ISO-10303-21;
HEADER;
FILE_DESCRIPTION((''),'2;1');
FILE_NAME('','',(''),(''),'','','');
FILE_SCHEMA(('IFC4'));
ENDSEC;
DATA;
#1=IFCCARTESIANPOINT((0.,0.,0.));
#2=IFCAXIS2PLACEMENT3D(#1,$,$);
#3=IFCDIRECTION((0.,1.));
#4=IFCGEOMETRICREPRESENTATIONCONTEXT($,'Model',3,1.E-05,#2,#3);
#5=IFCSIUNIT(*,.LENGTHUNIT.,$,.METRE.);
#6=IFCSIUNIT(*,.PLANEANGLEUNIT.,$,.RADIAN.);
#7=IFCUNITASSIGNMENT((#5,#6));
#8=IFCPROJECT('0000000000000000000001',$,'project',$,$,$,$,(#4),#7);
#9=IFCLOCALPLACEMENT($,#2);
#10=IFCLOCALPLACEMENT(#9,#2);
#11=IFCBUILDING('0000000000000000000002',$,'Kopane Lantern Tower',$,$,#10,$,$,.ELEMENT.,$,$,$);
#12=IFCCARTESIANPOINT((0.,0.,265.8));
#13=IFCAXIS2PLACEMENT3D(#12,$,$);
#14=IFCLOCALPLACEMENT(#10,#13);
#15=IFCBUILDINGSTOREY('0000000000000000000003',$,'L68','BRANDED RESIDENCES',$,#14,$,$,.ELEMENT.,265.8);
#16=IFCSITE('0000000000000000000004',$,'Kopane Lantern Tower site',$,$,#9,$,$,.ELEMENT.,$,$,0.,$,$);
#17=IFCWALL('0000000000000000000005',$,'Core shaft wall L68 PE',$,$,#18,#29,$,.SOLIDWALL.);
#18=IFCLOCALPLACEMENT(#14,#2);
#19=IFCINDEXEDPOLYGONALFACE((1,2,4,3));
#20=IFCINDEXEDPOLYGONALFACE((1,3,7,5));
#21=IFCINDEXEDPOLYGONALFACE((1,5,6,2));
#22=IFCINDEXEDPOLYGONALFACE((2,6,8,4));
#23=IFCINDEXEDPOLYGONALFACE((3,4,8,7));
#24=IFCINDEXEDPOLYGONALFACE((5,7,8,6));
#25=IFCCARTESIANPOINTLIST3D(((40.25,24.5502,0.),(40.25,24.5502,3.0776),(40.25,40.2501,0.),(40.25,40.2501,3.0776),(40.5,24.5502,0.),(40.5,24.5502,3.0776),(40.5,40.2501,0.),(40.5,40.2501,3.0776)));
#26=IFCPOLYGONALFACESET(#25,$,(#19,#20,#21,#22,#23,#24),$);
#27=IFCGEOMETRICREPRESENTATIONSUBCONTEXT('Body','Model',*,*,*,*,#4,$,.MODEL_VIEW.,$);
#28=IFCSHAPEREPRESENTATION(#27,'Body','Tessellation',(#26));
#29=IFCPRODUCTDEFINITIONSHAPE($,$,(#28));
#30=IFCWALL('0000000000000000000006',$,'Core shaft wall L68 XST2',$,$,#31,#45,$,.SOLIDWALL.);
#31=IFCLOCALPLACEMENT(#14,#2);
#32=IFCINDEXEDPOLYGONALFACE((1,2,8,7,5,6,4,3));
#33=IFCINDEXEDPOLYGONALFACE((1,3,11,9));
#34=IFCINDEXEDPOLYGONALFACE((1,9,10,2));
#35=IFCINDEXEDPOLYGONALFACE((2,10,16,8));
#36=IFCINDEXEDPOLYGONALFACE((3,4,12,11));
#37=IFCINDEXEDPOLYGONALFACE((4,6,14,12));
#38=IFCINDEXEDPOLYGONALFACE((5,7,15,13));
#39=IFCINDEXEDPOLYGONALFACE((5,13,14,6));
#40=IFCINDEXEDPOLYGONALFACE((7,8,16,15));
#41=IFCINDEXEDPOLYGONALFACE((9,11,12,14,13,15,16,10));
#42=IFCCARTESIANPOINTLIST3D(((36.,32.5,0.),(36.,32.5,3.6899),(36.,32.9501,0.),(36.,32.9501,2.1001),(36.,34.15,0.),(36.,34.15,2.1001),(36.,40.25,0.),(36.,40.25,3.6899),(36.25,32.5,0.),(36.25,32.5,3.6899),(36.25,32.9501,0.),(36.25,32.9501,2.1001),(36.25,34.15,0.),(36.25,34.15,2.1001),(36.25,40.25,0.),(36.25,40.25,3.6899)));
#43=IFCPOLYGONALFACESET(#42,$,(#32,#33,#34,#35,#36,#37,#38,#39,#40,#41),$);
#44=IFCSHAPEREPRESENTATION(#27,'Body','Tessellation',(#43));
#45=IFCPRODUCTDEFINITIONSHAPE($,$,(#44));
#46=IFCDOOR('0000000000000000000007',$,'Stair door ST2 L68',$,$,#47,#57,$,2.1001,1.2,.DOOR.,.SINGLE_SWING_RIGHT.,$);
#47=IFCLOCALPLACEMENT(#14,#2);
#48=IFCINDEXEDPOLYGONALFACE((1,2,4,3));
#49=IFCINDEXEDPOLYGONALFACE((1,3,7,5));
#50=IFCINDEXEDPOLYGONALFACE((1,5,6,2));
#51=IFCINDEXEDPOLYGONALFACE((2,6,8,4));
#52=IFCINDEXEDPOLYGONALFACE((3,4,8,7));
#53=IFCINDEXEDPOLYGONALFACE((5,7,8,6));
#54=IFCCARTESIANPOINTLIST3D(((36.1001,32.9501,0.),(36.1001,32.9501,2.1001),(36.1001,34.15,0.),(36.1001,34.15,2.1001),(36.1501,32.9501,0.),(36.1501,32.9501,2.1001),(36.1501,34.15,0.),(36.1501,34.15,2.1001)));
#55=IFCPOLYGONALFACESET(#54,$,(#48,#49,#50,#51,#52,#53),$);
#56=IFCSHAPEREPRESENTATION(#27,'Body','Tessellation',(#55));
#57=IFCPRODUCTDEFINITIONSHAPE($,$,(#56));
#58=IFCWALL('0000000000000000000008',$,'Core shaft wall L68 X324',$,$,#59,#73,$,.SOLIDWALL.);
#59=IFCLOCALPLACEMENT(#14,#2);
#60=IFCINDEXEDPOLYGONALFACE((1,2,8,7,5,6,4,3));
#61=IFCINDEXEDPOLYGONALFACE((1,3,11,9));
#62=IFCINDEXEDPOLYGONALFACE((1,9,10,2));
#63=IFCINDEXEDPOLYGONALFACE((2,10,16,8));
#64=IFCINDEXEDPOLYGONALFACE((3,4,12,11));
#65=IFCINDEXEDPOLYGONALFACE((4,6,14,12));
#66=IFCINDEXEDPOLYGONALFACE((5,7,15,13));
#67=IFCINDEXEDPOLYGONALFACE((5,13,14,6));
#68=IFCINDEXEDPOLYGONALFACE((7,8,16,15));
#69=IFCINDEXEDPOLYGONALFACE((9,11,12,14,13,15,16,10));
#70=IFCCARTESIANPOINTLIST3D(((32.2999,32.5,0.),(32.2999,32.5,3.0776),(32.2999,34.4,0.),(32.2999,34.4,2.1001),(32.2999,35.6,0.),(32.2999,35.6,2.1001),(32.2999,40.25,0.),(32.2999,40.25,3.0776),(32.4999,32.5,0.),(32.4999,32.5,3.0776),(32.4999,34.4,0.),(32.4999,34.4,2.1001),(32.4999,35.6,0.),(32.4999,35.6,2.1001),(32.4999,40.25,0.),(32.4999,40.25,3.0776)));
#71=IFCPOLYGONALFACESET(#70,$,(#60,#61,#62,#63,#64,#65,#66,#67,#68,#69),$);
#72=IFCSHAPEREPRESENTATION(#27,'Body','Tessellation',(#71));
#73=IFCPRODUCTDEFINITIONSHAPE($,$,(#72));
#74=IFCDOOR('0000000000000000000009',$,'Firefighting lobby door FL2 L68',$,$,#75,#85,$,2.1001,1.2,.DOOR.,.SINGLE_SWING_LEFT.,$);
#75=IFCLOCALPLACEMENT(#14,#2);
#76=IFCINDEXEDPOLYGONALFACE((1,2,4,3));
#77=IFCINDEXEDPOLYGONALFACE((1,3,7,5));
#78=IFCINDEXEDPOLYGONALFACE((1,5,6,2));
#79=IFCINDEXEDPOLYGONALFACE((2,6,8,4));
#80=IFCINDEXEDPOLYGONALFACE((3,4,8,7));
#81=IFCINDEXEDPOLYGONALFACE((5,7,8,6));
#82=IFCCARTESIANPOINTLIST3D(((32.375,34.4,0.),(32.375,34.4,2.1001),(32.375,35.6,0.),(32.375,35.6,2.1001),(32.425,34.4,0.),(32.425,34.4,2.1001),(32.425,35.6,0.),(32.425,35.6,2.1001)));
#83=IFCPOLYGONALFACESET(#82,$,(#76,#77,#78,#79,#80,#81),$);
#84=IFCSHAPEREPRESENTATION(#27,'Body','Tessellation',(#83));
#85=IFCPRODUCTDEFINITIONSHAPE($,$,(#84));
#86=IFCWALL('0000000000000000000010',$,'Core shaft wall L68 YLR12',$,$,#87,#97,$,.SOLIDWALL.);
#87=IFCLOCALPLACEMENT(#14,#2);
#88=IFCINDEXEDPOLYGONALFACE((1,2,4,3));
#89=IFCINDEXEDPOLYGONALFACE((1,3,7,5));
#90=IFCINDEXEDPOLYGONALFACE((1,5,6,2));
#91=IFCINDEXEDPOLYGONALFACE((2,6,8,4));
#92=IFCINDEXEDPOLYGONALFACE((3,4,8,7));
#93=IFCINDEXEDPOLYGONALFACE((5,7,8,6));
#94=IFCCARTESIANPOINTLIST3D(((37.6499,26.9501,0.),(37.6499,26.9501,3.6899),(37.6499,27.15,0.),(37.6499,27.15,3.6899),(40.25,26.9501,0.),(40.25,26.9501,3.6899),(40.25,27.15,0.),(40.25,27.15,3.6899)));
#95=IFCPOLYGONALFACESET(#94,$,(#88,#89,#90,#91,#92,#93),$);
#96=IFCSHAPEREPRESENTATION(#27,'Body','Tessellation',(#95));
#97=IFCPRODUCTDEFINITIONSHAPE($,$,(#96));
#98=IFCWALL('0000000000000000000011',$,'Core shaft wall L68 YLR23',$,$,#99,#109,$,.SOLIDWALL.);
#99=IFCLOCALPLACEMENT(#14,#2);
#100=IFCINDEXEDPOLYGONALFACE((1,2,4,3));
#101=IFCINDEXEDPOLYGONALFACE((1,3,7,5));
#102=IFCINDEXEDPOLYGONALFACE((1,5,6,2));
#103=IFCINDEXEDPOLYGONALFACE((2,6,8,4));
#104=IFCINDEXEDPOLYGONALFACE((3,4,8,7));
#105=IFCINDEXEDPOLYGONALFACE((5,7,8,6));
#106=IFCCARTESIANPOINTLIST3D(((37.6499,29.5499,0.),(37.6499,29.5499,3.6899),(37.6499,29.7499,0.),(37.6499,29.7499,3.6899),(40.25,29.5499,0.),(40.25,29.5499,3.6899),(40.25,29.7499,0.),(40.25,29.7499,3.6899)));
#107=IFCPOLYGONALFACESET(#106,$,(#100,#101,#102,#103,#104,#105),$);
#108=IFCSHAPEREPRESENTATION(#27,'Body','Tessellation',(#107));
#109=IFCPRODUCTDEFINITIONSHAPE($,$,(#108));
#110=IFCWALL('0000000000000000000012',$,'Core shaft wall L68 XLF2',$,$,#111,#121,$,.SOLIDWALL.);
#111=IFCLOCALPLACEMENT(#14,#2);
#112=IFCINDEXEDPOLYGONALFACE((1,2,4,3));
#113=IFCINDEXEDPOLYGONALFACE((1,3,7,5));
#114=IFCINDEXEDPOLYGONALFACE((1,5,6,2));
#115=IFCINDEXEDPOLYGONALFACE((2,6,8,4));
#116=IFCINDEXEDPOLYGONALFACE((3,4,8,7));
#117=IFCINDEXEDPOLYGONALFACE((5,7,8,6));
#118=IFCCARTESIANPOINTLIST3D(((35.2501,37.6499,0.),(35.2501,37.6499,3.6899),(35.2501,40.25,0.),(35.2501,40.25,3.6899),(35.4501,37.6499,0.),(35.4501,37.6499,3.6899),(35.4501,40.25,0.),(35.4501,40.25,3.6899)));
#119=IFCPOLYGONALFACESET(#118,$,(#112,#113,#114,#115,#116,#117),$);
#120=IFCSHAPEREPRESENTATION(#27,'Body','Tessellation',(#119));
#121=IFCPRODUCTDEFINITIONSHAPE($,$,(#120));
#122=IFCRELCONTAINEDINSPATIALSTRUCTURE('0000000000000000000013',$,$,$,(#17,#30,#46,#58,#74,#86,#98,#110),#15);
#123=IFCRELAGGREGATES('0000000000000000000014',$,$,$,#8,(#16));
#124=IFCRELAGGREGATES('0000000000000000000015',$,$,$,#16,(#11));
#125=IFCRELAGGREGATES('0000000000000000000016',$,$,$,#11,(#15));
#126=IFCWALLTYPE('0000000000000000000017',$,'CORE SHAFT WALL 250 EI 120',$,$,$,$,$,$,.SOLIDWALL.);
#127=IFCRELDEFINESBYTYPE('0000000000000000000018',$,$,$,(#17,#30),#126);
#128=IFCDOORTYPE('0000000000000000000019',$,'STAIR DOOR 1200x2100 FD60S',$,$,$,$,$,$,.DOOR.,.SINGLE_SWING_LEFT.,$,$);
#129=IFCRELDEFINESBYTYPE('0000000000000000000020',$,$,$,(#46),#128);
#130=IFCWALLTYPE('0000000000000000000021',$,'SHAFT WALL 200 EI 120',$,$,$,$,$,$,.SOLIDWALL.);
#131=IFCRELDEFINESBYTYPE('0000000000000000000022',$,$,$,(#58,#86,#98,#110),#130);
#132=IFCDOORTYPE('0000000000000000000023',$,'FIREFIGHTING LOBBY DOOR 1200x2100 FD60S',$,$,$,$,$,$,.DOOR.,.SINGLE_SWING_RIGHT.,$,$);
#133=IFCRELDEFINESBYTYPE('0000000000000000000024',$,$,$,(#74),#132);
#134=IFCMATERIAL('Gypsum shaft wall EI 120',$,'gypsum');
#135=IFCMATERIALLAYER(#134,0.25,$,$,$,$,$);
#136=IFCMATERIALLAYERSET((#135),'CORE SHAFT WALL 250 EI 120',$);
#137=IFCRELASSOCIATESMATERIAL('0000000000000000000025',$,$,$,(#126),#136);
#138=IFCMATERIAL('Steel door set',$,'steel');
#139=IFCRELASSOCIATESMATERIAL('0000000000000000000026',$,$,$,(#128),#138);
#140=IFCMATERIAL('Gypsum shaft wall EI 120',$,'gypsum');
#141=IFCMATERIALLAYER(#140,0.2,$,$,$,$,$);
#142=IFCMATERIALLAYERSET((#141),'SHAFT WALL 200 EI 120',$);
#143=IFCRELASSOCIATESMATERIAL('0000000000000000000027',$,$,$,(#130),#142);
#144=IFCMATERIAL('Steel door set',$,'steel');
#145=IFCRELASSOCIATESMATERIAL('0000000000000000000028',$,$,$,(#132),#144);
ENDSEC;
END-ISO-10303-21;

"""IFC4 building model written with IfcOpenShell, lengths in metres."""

from ifc_helpers import new_model, si_unit, direction, frame, frame_2d, origin, place, context, subcontext, project, spatial, rectangle, extrude, material, layer, layer_set, type_object, element, fill, save


model = new_model("IFC4")

# Units and contexts
model_context = context("Model", 3, precision=1e-05, world=origin(), true_north=direction((0.0, 1.0)))
body_context = subcontext(model_context, "Body", "Model", "MODEL_VIEW")
ifc_project = project(units=[si_unit("LENGTHUNIT", "METRE"), si_unit("PLANEANGLEUNIT", "RADIAN")], contexts=[model_context])

# Site, building, storey
site_placement = place(None, origin())
site = spatial("IfcSite", under=ifc_project, at=site_placement, Name="Kopane Lantern Tower site", CompositionType="ELEMENT", RefElevation=0.0)
building_placement = place(site_placement, origin())
building = spatial("IfcBuilding", under=site, at=building_placement, Name="Kopane Lantern Tower", CompositionType="ELEMENT")
storey_placement = place(building_placement, frame((0.0, 0.0, 265.8)))
storey = spatial("IfcBuildingStorey", under=building, at=storey_placement, Name="L68", Description="BRANDED RESIDENCES", CompositionType="ELEMENT", Elevation=265.8)

# Wall
ifc_material_1 = material(Name="Gypsum shaft wall EI 120", Category="gypsum")
ifc_layer_1 = layer(ifc_material_1, 0.25)
ifc_layer_set_1 = layer_set([ifc_layer_1], Name="CORE SHAFT WALL 250 EI 120")
wall_type_1 = type_object("IfcWallType", Name="CORE SHAFT WALL 250 EI 120", PredefinedType="SOLIDWALL", material=ifc_layer_set_1)
wall_1_placement = place(storey_placement, frame((40.375, 24.55, 0.0), z_axis=(0.0, 0.0, 1.0), x_axis=(0.0, 1.0, 0.0)))
element("IfcWall", 1, at=wall_1_placement, inside=storey, type_object=wall_type_1, Name="Core shaft wall L68 PE", PredefinedType="SOLIDWALL", context=body_context, shape_type="SweptSolid", body=[
    extrude(rectangle(XDim=15.7, YDim=0.25, at=frame_2d((7.8501, 0.0))), origin(), (0.0, 0.0, 1.0), 3.0776),
])

# Walls, openings, doors
wall_2_placement = place(storey_placement, frame((36.125, 32.5, 0.0), z_axis=(0.0, 0.0, 1.0), x_axis=(0.0, 1.0, 0.0)))
wall_2 = element("IfcWall", 2, at=wall_2_placement, inside=storey, type_object=wall_type_1, Name="Core shaft wall L68 XST2", PredefinedType="SOLIDWALL", context=body_context, shape_type="SweptSolid", body=[
    extrude(rectangle(XDim=7.75, YDim=0.25, at=frame_2d((3.875, 0.0))), origin(), (0.0, 0.0, 1.0), 3.6899),
])
opening_1_placement = place(wall_2_placement, frame((0.45, 0.0, 0.0)))
opening_1 = element("IfcOpeningElement", 3, at=opening_1_placement, cuts=wall_2, PredefinedType="OPENING", context=body_context, shape_type="SweptSolid", body=[
    extrude(rectangle(XDim=1.2, YDim=2.1001, at=frame_2d((0.6001, 1.05))), frame((0.0, 0.135, 0.0), z_axis=(0.0, -1.0, 0.0), x_axis=(1.0, 0.0, 0.0)), (0.0, 0.0, 1.0), 0.27),
])
ifc_material_2 = material(Name="Steel door set", Category="steel")
door_type_1 = type_object("IfcDoorType", Name="STAIR DOOR 1200x2100 FD60S", OperationType="SINGLE_SWING_LEFT", PredefinedType="DOOR", material=ifc_material_2)
door_1_placement = place(opening_1_placement, origin())
door_1 = element("IfcDoor", 4, at=door_1_placement, inside=storey, type_object=door_type_1, Name="Stair door ST2 L68", OperationType="SINGLE_SWING_RIGHT", OverallHeight=2.1001, OverallWidth=1.2, PredefinedType="DOOR", context=body_context, shape_type="SweptSolid", body=[
    extrude(rectangle(XDim=1.2, YDim=2.1001, at=frame_2d((0.6001, 1.05))), frame((0.0, 0.0249, 0.0), z_axis=(0.0, -1.0, 0.0), x_axis=(1.0, 0.0, 0.0)), (0.0, 0.0, 1.0), 0.05),
])
fill(opening_1, door_1)
ifc_material_3 = material(Name="Gypsum shaft wall EI 120", Category="gypsum")
ifc_layer_2 = layer(ifc_material_3, 0.2)
ifc_layer_set_2 = layer_set([ifc_layer_2], Name="SHAFT WALL 200 EI 120")
wall_type_2 = type_object("IfcWallType", Name="SHAFT WALL 200 EI 120", PredefinedType="SOLIDWALL", material=ifc_layer_set_2)
wall_3_placement = place(storey_placement, frame((32.3999, 32.5, 0.0), z_axis=(0.0, 0.0, 1.0), x_axis=(0.0, 1.0, 0.0)))
wall_3 = element("IfcWall", 5, at=wall_3_placement, inside=storey, type_object=wall_type_2, Name="Core shaft wall L68 X324", PredefinedType="SOLIDWALL", context=body_context, shape_type="SweptSolid", body=[
    extrude(rectangle(XDim=7.75, YDim=0.2, at=frame_2d((3.875, 0.0))), origin(), (0.0, 0.0, 1.0), 3.0776),
])
opening_2_placement = place(wall_3_placement, frame((1.8999, 0.0, 0.0)))
opening_2 = element("IfcOpeningElement", 6, at=opening_2_placement, cuts=wall_3, PredefinedType="OPENING", context=body_context, shape_type="SweptSolid", body=[
    extrude(rectangle(XDim=1.2, YDim=2.1001, at=frame_2d((0.6001, 1.05))), frame((0.0, 0.1099, 0.0), z_axis=(0.0, -1.0, 0.0), x_axis=(1.0, 0.0, 0.0)), (0.0, 0.0, 1.0), 0.22),
])
ifc_material_4 = material(Name="Steel door set", Category="steel")
door_type_2 = type_object("IfcDoorType", Name="FIREFIGHTING LOBBY DOOR 1200x2100 FD60S", OperationType="SINGLE_SWING_RIGHT", PredefinedType="DOOR", material=ifc_material_4)
door_2_placement = place(opening_2_placement, origin())
door_2 = element("IfcDoor", 7, at=door_2_placement, inside=storey, type_object=door_type_2, Name="Firefighting lobby door FL2 L68", OperationType="SINGLE_SWING_LEFT", OverallHeight=2.1001, OverallWidth=1.2, PredefinedType="DOOR", context=body_context, shape_type="SweptSolid", body=[
    extrude(rectangle(XDim=1.2, YDim=2.1001, at=frame_2d((0.6001, 1.05))), frame((0.0, 0.0249, 0.0), z_axis=(0.0, -1.0, 0.0), x_axis=(1.0, 0.0, 0.0)), (0.0, 0.0, 1.0), 0.05),
])
fill(opening_2, door_2)

# Walls
for number, where, z_axis, x_axis, name in (
    (8, (37.6499, 27.05, 0.0), (0.0, 0.0, 1.0), (1.0, 0.0, 0.0), "Core shaft wall L68 YLR12"),
    (9, (37.6499, 29.6499, 0.0), (0.0, 0.0, 1.0), (1.0, 0.0, 0.0), "Core shaft wall L68 YLR23"),
    (10, (35.3501, 37.6499, 0.0), (0.0, 0.0, 1.0), (0.0, 1.0, 0.0), "Core shaft wall L68 XLF2"),
):
    element("IfcWall", number, at=place(storey_placement, frame(where, z_axis=z_axis, x_axis=x_axis)), inside=storey, type_object=wall_type_2, Name=name, PredefinedType="SOLIDWALL", context=body_context, shape_type="SweptSolid", body=[
        extrude(rectangle(XDim=2.6001, YDim=0.2, at=frame_2d((1.3, 0.0))), origin(), (0.0, 0.0, 1.0), 3.6899),
    ])

save(model, "model.ifc")
